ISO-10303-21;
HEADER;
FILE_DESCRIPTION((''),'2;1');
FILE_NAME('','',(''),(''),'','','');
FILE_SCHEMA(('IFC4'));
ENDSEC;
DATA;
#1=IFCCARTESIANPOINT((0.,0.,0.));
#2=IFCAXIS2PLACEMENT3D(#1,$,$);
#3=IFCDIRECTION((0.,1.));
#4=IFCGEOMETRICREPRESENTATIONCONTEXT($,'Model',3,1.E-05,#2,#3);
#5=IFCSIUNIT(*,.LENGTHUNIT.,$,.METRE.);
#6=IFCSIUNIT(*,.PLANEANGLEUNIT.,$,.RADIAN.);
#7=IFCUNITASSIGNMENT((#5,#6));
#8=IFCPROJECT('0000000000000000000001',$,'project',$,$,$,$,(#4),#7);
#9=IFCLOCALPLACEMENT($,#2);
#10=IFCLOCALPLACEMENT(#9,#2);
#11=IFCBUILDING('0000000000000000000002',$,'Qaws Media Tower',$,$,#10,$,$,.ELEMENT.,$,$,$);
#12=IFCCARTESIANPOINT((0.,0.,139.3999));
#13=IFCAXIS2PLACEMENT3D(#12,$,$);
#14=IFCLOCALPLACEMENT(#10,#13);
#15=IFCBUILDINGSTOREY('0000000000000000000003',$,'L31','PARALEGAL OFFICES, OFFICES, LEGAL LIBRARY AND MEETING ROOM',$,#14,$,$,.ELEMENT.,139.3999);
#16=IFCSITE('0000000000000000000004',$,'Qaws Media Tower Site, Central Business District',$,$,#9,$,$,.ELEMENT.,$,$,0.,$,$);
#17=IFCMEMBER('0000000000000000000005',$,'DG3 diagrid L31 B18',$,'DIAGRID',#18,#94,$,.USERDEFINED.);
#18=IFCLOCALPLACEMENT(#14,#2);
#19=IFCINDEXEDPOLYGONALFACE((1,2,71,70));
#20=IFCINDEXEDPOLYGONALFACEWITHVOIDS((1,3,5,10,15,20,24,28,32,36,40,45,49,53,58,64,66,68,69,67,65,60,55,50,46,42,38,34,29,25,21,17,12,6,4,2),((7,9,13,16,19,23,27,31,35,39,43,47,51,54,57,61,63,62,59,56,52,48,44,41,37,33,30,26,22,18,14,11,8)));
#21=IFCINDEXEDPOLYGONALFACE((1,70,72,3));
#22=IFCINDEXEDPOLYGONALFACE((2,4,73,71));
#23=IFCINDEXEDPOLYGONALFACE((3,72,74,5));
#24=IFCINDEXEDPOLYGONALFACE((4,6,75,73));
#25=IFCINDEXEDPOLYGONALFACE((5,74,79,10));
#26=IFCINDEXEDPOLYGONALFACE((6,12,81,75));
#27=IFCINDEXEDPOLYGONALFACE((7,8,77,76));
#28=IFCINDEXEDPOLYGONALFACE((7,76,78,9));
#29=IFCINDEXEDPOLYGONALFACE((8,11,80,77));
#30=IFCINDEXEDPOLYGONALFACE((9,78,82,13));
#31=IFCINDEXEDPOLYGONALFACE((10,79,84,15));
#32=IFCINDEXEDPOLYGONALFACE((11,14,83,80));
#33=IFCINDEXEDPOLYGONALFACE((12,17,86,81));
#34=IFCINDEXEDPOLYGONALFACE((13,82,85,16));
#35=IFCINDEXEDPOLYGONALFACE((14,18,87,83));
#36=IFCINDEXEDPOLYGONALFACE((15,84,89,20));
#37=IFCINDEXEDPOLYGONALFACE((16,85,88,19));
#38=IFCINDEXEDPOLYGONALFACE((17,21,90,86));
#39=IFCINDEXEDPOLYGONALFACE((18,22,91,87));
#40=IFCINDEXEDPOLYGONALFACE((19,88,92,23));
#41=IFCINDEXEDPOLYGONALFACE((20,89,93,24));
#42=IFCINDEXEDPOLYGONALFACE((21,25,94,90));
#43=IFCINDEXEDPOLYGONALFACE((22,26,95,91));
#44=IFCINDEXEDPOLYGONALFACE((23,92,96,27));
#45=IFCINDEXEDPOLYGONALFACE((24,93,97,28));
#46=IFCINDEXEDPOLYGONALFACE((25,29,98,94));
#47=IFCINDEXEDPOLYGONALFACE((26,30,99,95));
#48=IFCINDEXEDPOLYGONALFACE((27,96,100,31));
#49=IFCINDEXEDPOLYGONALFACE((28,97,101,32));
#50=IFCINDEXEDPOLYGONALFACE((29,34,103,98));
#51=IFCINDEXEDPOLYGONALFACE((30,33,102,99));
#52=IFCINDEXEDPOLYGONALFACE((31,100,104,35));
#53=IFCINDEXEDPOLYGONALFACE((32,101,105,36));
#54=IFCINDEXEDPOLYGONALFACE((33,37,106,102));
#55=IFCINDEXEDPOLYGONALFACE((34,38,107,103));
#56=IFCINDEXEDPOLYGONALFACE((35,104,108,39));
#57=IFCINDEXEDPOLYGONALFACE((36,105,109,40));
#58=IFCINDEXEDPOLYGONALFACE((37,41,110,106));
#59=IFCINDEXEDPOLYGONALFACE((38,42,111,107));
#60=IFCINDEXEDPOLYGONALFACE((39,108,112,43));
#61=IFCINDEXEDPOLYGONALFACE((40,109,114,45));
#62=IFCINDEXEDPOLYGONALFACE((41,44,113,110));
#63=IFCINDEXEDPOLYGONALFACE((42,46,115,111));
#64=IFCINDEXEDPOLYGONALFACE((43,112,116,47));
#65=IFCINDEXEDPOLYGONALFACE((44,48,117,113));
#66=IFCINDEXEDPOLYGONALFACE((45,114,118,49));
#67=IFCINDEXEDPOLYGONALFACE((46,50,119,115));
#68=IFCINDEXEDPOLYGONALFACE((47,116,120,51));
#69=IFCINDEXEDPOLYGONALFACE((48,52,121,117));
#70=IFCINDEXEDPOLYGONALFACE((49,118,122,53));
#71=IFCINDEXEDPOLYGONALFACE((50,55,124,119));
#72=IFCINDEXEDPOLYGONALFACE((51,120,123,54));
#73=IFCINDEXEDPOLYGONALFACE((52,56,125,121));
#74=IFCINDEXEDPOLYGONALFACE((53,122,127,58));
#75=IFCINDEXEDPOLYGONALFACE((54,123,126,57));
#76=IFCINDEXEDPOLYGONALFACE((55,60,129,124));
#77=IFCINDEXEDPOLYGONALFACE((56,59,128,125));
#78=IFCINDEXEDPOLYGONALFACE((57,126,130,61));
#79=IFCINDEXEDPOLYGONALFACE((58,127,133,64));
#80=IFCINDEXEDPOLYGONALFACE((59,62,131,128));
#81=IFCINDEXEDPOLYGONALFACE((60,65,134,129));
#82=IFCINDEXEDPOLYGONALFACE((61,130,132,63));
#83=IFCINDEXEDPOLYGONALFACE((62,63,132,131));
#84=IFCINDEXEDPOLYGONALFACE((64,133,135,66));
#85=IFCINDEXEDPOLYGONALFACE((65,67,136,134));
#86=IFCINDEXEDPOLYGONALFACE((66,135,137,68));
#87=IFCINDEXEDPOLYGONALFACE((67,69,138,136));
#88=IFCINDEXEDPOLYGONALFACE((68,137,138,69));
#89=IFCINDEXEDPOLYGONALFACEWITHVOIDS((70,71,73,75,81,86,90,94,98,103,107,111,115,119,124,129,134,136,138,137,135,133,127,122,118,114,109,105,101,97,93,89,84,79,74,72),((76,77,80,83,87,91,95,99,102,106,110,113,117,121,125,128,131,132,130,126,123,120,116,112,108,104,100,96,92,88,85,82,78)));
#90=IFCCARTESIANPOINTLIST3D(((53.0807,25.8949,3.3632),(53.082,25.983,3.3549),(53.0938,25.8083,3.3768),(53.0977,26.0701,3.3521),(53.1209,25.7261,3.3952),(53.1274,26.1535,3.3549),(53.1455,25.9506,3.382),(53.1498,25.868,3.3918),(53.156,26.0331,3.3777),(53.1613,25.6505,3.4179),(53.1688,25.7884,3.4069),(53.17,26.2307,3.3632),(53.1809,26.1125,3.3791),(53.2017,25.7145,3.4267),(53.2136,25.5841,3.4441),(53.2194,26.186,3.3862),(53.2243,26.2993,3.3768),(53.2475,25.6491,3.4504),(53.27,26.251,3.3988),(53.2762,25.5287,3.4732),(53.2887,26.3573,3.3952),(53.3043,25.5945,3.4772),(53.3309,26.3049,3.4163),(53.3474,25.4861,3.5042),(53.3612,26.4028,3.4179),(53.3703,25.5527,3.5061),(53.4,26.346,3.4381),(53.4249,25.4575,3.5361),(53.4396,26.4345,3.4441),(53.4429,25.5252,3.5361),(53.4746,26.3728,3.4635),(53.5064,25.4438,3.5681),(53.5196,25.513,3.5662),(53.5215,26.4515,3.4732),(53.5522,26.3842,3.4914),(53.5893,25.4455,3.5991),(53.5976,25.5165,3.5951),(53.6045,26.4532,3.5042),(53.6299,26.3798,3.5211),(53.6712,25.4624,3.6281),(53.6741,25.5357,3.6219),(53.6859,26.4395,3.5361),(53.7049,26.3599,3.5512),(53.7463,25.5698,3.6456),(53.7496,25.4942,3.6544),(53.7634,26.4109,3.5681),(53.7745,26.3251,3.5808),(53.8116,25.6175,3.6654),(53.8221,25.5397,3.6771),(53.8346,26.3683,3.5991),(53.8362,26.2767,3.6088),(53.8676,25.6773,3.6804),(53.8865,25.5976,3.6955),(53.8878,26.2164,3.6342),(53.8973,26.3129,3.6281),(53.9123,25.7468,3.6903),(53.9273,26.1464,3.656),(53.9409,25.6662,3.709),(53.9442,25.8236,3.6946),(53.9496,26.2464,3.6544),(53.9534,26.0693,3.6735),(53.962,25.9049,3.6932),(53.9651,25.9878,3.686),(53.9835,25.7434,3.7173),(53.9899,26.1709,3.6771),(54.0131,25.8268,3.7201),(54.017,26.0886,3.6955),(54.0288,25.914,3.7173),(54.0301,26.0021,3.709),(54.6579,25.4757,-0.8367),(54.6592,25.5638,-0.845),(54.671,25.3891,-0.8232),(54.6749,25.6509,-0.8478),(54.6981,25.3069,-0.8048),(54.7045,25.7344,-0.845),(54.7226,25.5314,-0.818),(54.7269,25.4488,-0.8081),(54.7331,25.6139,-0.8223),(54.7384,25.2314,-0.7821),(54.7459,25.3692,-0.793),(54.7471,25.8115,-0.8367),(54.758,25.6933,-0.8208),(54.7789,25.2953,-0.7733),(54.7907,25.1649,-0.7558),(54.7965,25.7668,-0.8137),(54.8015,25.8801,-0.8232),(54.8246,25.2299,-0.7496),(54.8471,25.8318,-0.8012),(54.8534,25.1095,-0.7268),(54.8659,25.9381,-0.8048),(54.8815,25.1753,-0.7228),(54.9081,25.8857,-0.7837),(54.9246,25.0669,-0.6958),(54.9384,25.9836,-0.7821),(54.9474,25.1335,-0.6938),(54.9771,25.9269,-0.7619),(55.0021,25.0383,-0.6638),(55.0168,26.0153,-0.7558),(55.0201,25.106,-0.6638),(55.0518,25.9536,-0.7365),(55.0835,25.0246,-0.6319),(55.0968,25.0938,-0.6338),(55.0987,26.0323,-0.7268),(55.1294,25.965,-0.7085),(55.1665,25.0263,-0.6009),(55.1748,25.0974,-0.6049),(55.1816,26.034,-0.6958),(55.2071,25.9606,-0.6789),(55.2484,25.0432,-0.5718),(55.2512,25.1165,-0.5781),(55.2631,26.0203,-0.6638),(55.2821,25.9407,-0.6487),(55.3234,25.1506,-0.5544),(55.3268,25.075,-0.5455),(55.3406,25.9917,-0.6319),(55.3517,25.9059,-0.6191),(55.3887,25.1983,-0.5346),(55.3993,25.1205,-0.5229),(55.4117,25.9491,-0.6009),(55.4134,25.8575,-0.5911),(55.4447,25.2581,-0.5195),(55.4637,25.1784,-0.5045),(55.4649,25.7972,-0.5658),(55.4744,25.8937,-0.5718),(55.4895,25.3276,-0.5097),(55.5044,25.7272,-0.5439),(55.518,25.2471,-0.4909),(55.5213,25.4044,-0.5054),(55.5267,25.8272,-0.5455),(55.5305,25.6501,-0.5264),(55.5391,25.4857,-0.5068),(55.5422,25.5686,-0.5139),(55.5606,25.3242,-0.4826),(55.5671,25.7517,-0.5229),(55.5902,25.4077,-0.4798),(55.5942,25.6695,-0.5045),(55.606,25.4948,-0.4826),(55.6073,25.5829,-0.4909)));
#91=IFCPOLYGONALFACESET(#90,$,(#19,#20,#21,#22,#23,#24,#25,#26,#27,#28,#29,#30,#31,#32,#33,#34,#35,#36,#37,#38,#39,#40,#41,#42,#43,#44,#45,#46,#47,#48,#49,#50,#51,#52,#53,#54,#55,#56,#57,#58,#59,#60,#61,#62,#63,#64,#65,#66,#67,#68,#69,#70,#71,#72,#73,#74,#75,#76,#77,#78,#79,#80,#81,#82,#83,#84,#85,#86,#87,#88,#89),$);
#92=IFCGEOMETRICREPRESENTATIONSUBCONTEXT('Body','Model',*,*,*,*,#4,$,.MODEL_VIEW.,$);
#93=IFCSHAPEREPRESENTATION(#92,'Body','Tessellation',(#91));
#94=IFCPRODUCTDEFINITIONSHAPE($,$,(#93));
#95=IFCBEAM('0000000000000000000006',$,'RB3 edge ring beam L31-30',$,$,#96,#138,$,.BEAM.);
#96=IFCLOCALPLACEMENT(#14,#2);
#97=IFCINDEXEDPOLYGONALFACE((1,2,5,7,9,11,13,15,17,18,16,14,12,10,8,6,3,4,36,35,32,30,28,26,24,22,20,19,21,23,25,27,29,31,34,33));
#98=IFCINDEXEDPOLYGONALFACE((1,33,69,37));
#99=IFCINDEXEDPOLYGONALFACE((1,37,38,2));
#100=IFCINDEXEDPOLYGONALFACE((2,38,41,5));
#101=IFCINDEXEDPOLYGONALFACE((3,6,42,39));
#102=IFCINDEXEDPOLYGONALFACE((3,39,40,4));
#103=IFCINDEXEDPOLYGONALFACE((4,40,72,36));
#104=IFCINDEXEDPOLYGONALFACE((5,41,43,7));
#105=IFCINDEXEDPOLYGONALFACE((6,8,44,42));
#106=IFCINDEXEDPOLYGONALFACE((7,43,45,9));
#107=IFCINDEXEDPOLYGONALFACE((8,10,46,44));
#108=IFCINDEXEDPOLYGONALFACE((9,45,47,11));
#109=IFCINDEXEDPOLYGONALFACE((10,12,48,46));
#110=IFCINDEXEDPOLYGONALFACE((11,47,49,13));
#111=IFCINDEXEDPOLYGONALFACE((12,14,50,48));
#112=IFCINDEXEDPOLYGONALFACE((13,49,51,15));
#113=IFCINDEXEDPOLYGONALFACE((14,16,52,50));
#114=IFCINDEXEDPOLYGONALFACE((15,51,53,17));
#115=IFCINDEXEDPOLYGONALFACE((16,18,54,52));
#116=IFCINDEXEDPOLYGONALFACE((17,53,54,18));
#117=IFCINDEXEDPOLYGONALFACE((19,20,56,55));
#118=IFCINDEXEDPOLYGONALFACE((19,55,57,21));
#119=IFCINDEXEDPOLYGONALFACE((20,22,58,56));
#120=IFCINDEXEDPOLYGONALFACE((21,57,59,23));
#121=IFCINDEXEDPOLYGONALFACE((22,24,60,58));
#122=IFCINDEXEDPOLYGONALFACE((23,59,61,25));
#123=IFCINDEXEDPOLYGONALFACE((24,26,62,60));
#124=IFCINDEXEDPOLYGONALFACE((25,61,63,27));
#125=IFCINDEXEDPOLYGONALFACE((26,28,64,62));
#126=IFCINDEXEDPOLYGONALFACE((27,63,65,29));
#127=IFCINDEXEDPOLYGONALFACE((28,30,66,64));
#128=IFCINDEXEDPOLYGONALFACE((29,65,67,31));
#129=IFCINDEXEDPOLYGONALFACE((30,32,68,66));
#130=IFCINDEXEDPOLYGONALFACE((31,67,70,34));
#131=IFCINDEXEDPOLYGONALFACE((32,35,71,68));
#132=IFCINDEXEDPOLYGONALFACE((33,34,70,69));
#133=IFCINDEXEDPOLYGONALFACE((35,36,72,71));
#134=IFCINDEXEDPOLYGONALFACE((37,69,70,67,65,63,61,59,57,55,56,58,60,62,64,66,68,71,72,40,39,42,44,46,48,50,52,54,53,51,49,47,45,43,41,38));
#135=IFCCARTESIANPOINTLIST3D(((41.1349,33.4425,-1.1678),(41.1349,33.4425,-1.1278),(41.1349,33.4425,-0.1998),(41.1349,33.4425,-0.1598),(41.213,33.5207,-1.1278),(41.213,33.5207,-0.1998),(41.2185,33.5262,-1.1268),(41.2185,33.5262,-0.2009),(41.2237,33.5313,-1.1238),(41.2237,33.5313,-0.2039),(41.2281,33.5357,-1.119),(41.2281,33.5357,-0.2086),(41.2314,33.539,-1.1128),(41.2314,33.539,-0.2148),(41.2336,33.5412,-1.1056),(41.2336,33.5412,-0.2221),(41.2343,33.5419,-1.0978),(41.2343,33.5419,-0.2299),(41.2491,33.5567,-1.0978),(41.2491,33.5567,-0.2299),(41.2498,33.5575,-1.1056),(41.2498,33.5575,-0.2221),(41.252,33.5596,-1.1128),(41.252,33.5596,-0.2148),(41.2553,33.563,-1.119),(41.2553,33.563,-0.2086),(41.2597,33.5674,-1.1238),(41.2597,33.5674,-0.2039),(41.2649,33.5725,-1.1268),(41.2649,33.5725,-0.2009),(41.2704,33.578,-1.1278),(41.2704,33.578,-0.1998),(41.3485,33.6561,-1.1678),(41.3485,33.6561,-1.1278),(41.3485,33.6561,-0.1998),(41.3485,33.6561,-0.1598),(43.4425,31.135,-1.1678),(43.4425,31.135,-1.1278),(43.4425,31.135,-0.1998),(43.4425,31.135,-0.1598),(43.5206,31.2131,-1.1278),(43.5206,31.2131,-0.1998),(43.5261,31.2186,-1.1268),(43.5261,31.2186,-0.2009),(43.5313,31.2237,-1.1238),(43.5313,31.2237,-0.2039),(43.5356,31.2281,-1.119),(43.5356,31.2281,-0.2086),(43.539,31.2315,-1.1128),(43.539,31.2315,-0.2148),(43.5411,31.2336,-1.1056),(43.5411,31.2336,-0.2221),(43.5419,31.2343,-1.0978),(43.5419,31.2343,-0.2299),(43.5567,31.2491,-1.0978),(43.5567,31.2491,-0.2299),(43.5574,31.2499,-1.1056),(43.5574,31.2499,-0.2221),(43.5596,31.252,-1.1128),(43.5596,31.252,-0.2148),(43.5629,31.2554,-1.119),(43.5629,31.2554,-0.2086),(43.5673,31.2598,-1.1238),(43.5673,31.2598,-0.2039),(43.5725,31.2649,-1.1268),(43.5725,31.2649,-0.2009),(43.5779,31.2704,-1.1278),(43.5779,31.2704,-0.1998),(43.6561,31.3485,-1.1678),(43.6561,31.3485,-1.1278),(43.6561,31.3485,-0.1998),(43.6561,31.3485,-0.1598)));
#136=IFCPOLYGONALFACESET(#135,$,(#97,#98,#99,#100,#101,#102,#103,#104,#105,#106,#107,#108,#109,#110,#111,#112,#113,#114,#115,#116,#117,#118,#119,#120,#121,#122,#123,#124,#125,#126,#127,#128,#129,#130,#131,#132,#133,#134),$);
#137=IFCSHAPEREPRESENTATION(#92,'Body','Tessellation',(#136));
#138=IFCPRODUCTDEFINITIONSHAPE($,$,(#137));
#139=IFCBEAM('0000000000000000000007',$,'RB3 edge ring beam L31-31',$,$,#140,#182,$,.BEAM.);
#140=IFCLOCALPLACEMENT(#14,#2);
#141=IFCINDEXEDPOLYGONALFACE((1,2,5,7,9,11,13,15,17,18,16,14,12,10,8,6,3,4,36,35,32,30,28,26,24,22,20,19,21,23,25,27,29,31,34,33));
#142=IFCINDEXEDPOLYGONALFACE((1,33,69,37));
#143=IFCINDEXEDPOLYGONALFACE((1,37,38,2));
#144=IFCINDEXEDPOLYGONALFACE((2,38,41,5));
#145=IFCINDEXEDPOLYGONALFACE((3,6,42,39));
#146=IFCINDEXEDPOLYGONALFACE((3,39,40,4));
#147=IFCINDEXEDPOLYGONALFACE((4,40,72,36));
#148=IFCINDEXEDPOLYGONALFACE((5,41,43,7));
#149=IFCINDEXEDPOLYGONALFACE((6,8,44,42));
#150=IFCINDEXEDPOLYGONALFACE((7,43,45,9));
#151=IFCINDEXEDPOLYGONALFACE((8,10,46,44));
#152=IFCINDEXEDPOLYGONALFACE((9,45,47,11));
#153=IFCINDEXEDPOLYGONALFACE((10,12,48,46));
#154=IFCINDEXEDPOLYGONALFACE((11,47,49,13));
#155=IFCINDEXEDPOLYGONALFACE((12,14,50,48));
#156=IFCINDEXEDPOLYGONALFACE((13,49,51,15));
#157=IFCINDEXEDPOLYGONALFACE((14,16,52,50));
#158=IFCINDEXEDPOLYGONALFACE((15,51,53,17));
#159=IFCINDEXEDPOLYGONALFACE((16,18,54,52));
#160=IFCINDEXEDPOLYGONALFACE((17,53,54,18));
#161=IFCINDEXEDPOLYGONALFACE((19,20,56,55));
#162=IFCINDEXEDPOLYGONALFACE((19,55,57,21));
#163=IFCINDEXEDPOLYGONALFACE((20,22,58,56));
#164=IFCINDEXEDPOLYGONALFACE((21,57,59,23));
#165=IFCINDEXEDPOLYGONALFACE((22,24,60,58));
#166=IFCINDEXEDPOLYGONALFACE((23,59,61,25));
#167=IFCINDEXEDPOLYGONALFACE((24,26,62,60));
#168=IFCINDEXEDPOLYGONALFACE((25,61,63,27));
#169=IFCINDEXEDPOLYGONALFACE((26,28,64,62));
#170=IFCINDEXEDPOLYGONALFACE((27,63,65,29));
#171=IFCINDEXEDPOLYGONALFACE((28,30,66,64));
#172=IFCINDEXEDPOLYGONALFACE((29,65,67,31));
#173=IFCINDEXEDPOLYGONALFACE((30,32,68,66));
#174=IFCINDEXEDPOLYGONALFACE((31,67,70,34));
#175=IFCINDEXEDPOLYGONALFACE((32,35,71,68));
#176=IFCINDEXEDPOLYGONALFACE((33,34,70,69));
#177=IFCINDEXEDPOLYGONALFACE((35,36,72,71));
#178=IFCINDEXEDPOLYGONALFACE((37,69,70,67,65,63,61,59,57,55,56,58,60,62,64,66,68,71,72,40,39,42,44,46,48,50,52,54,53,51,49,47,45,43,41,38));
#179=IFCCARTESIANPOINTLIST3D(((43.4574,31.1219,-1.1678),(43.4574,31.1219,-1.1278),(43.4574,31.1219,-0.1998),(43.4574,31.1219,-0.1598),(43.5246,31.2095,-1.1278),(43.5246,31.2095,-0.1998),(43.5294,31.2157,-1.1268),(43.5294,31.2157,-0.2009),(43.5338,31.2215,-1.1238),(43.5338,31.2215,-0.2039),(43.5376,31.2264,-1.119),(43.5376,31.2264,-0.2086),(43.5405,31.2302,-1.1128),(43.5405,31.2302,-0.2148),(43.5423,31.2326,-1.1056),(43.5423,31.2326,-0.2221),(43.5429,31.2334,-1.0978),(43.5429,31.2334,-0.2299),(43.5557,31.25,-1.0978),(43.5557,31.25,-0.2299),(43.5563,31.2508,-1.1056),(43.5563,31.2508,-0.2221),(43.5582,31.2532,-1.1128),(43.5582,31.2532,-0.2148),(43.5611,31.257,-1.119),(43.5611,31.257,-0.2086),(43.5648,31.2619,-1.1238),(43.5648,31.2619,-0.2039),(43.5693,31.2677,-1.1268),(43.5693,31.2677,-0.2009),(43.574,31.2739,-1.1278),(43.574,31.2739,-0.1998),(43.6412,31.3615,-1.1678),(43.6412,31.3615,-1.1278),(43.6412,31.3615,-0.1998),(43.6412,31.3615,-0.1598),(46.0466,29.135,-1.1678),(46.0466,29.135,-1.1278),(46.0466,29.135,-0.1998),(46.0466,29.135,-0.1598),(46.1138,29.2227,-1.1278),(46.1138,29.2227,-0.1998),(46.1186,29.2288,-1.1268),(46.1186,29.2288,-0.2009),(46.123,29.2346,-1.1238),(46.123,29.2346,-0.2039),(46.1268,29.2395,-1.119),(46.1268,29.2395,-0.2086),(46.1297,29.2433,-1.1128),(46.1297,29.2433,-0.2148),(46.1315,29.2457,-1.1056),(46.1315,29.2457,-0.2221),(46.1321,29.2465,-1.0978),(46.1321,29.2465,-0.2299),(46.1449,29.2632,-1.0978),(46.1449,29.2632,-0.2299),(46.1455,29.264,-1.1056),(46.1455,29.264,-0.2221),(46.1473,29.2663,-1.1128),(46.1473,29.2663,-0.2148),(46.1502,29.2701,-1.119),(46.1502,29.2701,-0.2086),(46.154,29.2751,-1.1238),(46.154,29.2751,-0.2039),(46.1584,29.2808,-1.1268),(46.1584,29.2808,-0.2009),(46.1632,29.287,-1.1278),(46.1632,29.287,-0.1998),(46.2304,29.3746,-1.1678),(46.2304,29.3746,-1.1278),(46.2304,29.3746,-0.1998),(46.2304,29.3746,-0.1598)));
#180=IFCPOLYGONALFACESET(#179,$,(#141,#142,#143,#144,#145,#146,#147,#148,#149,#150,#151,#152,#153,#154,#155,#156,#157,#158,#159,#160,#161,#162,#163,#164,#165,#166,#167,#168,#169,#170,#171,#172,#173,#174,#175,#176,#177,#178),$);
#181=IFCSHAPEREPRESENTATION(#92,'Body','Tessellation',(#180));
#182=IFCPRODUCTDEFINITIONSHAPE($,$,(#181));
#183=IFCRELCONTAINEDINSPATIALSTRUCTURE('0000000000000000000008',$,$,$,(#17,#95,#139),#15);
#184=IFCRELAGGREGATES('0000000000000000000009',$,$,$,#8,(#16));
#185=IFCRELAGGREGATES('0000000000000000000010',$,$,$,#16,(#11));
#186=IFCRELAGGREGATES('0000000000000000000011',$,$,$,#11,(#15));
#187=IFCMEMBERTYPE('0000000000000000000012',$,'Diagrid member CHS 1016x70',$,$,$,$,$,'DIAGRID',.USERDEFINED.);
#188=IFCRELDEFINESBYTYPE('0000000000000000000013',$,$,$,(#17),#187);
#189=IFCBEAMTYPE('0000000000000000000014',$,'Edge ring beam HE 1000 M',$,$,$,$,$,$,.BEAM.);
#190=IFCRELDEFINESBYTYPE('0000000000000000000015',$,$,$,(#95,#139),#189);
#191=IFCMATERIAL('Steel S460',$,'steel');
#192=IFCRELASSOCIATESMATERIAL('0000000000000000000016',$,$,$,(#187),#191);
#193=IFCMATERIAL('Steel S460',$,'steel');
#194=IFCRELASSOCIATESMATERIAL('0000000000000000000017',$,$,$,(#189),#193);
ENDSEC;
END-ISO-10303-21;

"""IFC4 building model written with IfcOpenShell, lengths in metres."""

from ifc_helpers import new_model, si_unit, direction, frame, origin, origin_2d, place, context, subcontext, project, spatial, hollow_circle, i_section, extrude, material, material_profile, profile_set, type_object, element, save


model = new_model("IFC4")

# Units and contexts
model_context = context("Model", 3, precision=1e-05, world=origin(), true_north=direction((0.0, 1.0)))
body_context = subcontext(model_context, "Body", "Model", "MODEL_VIEW")
ifc_project = project(units=[si_unit("LENGTHUNIT", "METRE"), si_unit("PLANEANGLEUNIT", "RADIAN")], contexts=[model_context])

# Site, building, storey
site_placement = place(None, origin())
site = spatial("IfcSite", under=ifc_project, at=site_placement, Name="Qaws Media Tower Site, Central Business District", CompositionType="ELEMENT", RefElevation=0.0)
building_placement = place(site_placement, origin())
building = spatial("IfcBuilding", under=site, at=building_placement, Name="Qaws Media Tower", CompositionType="ELEMENT")
storey_placement = place(building_placement, frame((0.0, 0.0, 139.3999)))
storey = spatial("IfcBuildingStorey", under=building, at=storey_placement, Name="L31", Description="PARALEGAL OFFICES, OFFICES, LEGAL LIBRARY AND MEETING ROOM", CompositionType="ELEMENT", Elevation=139.3999)

# Member
ifc_material_1 = material(Name="Steel S460", Category="steel")
ifc_material_profile_1 = material_profile(ifc_material_1, hollow_circle(Radius=0.5081, WallThickness=0.0701, at=origin_2d()), Name="CHS 1016x70")
ifc_profile_set_1 = profile_set([ifc_material_profile_1], Name="Steel S460")
member_type_1 = type_object("IfcMemberType", Name="Diagrid member CHS 1016x70", ElementType="DIAGRID", PredefinedType="USERDEFINED", material=ifc_profile_set_1)
for number, where, z_axis, x_axis, name in (
    (1, (55.1326, 25.5293, -0.6638), (-0.350022, 0.093032, 0.93211), (-0.256871, -0.966446, 0.0), "DG3 diagrid L31 B18"),
):
    element("IfcMember", number, at=place(storey_placement, frame(where, z_axis=z_axis, x_axis=x_axis)), inside=storey, type_object=member_type_1, Name=name, ObjectType="DIAGRID", PredefinedType="USERDEFINED", context=body_context, shape_type="SweptSolid", body=[
        extrude(hollow_circle(Radius=0.5081, WallThickness=0.0701, at=origin_2d()), origin(), (0.0, 0.0, 1.0), 4.5059),
    ])

# Beams
ifc_material_2 = material(Name="Steel S460", Category="steel")
ifc_material_profile_2 = material_profile(ifc_material_2, i_section(OverallWidth=0.302, OverallDepth=1.0081, WebThickness=0.021, FlangeThickness=0.04, FilletRadius=0.03, at=origin_2d()), Name="HE 1000 M")
ifc_profile_set_2 = profile_set([ifc_material_profile_2], Name="Steel S460")
beam_type = type_object("IfcBeamType", Name="Edge ring beam HE 1000 M", PredefinedType="BEAM", material=ifc_profile_set_2)
beam_1_placement = place(storey_placement, frame((41.2417, 33.5493, -0.6638), z_axis=(0.707107, -0.707107, 0.0), x_axis=(0.707107, 0.707107, 0.0)))
element("IfcBeam", 2, at=beam_1_placement, inside=storey, type_object=beam_type, Name="RB3 edge ring beam L31-30", PredefinedType="BEAM", context=body_context, shape_type="SweptSolid", body=[
    extrude(i_section(OverallWidth=0.302, OverallDepth=1.0081, WebThickness=0.021, FlangeThickness=0.04, FilletRadius=0.03, at=origin_2d()), origin(), (0.0, 0.0, 1.0), 3.2634),
])
for number, where, z_axis, x_axis, name in (
    (3, (43.5493, 31.2417, -0.6638), (0.793335, -0.608785, 0.0), (0.608785, 0.793335, 0.0), "RB3 edge ring beam L31-31"),
):
    element("IfcBeam", number, at=place(storey_placement, frame(where, z_axis=z_axis, x_axis=x_axis)), inside=storey, type_object=beam_type, Name=name, PredefinedType="BEAM", context=body_context, shape_type="SweptSolid", body=[
        extrude(i_section(OverallWidth=0.302, OverallDepth=1.0081, WebThickness=0.021, FlangeThickness=0.04, FilletRadius=0.03, at=origin_2d()), origin(), (0.0, 0.0, 1.0), 3.2637),
    ])

save(model, "model.ifc")
